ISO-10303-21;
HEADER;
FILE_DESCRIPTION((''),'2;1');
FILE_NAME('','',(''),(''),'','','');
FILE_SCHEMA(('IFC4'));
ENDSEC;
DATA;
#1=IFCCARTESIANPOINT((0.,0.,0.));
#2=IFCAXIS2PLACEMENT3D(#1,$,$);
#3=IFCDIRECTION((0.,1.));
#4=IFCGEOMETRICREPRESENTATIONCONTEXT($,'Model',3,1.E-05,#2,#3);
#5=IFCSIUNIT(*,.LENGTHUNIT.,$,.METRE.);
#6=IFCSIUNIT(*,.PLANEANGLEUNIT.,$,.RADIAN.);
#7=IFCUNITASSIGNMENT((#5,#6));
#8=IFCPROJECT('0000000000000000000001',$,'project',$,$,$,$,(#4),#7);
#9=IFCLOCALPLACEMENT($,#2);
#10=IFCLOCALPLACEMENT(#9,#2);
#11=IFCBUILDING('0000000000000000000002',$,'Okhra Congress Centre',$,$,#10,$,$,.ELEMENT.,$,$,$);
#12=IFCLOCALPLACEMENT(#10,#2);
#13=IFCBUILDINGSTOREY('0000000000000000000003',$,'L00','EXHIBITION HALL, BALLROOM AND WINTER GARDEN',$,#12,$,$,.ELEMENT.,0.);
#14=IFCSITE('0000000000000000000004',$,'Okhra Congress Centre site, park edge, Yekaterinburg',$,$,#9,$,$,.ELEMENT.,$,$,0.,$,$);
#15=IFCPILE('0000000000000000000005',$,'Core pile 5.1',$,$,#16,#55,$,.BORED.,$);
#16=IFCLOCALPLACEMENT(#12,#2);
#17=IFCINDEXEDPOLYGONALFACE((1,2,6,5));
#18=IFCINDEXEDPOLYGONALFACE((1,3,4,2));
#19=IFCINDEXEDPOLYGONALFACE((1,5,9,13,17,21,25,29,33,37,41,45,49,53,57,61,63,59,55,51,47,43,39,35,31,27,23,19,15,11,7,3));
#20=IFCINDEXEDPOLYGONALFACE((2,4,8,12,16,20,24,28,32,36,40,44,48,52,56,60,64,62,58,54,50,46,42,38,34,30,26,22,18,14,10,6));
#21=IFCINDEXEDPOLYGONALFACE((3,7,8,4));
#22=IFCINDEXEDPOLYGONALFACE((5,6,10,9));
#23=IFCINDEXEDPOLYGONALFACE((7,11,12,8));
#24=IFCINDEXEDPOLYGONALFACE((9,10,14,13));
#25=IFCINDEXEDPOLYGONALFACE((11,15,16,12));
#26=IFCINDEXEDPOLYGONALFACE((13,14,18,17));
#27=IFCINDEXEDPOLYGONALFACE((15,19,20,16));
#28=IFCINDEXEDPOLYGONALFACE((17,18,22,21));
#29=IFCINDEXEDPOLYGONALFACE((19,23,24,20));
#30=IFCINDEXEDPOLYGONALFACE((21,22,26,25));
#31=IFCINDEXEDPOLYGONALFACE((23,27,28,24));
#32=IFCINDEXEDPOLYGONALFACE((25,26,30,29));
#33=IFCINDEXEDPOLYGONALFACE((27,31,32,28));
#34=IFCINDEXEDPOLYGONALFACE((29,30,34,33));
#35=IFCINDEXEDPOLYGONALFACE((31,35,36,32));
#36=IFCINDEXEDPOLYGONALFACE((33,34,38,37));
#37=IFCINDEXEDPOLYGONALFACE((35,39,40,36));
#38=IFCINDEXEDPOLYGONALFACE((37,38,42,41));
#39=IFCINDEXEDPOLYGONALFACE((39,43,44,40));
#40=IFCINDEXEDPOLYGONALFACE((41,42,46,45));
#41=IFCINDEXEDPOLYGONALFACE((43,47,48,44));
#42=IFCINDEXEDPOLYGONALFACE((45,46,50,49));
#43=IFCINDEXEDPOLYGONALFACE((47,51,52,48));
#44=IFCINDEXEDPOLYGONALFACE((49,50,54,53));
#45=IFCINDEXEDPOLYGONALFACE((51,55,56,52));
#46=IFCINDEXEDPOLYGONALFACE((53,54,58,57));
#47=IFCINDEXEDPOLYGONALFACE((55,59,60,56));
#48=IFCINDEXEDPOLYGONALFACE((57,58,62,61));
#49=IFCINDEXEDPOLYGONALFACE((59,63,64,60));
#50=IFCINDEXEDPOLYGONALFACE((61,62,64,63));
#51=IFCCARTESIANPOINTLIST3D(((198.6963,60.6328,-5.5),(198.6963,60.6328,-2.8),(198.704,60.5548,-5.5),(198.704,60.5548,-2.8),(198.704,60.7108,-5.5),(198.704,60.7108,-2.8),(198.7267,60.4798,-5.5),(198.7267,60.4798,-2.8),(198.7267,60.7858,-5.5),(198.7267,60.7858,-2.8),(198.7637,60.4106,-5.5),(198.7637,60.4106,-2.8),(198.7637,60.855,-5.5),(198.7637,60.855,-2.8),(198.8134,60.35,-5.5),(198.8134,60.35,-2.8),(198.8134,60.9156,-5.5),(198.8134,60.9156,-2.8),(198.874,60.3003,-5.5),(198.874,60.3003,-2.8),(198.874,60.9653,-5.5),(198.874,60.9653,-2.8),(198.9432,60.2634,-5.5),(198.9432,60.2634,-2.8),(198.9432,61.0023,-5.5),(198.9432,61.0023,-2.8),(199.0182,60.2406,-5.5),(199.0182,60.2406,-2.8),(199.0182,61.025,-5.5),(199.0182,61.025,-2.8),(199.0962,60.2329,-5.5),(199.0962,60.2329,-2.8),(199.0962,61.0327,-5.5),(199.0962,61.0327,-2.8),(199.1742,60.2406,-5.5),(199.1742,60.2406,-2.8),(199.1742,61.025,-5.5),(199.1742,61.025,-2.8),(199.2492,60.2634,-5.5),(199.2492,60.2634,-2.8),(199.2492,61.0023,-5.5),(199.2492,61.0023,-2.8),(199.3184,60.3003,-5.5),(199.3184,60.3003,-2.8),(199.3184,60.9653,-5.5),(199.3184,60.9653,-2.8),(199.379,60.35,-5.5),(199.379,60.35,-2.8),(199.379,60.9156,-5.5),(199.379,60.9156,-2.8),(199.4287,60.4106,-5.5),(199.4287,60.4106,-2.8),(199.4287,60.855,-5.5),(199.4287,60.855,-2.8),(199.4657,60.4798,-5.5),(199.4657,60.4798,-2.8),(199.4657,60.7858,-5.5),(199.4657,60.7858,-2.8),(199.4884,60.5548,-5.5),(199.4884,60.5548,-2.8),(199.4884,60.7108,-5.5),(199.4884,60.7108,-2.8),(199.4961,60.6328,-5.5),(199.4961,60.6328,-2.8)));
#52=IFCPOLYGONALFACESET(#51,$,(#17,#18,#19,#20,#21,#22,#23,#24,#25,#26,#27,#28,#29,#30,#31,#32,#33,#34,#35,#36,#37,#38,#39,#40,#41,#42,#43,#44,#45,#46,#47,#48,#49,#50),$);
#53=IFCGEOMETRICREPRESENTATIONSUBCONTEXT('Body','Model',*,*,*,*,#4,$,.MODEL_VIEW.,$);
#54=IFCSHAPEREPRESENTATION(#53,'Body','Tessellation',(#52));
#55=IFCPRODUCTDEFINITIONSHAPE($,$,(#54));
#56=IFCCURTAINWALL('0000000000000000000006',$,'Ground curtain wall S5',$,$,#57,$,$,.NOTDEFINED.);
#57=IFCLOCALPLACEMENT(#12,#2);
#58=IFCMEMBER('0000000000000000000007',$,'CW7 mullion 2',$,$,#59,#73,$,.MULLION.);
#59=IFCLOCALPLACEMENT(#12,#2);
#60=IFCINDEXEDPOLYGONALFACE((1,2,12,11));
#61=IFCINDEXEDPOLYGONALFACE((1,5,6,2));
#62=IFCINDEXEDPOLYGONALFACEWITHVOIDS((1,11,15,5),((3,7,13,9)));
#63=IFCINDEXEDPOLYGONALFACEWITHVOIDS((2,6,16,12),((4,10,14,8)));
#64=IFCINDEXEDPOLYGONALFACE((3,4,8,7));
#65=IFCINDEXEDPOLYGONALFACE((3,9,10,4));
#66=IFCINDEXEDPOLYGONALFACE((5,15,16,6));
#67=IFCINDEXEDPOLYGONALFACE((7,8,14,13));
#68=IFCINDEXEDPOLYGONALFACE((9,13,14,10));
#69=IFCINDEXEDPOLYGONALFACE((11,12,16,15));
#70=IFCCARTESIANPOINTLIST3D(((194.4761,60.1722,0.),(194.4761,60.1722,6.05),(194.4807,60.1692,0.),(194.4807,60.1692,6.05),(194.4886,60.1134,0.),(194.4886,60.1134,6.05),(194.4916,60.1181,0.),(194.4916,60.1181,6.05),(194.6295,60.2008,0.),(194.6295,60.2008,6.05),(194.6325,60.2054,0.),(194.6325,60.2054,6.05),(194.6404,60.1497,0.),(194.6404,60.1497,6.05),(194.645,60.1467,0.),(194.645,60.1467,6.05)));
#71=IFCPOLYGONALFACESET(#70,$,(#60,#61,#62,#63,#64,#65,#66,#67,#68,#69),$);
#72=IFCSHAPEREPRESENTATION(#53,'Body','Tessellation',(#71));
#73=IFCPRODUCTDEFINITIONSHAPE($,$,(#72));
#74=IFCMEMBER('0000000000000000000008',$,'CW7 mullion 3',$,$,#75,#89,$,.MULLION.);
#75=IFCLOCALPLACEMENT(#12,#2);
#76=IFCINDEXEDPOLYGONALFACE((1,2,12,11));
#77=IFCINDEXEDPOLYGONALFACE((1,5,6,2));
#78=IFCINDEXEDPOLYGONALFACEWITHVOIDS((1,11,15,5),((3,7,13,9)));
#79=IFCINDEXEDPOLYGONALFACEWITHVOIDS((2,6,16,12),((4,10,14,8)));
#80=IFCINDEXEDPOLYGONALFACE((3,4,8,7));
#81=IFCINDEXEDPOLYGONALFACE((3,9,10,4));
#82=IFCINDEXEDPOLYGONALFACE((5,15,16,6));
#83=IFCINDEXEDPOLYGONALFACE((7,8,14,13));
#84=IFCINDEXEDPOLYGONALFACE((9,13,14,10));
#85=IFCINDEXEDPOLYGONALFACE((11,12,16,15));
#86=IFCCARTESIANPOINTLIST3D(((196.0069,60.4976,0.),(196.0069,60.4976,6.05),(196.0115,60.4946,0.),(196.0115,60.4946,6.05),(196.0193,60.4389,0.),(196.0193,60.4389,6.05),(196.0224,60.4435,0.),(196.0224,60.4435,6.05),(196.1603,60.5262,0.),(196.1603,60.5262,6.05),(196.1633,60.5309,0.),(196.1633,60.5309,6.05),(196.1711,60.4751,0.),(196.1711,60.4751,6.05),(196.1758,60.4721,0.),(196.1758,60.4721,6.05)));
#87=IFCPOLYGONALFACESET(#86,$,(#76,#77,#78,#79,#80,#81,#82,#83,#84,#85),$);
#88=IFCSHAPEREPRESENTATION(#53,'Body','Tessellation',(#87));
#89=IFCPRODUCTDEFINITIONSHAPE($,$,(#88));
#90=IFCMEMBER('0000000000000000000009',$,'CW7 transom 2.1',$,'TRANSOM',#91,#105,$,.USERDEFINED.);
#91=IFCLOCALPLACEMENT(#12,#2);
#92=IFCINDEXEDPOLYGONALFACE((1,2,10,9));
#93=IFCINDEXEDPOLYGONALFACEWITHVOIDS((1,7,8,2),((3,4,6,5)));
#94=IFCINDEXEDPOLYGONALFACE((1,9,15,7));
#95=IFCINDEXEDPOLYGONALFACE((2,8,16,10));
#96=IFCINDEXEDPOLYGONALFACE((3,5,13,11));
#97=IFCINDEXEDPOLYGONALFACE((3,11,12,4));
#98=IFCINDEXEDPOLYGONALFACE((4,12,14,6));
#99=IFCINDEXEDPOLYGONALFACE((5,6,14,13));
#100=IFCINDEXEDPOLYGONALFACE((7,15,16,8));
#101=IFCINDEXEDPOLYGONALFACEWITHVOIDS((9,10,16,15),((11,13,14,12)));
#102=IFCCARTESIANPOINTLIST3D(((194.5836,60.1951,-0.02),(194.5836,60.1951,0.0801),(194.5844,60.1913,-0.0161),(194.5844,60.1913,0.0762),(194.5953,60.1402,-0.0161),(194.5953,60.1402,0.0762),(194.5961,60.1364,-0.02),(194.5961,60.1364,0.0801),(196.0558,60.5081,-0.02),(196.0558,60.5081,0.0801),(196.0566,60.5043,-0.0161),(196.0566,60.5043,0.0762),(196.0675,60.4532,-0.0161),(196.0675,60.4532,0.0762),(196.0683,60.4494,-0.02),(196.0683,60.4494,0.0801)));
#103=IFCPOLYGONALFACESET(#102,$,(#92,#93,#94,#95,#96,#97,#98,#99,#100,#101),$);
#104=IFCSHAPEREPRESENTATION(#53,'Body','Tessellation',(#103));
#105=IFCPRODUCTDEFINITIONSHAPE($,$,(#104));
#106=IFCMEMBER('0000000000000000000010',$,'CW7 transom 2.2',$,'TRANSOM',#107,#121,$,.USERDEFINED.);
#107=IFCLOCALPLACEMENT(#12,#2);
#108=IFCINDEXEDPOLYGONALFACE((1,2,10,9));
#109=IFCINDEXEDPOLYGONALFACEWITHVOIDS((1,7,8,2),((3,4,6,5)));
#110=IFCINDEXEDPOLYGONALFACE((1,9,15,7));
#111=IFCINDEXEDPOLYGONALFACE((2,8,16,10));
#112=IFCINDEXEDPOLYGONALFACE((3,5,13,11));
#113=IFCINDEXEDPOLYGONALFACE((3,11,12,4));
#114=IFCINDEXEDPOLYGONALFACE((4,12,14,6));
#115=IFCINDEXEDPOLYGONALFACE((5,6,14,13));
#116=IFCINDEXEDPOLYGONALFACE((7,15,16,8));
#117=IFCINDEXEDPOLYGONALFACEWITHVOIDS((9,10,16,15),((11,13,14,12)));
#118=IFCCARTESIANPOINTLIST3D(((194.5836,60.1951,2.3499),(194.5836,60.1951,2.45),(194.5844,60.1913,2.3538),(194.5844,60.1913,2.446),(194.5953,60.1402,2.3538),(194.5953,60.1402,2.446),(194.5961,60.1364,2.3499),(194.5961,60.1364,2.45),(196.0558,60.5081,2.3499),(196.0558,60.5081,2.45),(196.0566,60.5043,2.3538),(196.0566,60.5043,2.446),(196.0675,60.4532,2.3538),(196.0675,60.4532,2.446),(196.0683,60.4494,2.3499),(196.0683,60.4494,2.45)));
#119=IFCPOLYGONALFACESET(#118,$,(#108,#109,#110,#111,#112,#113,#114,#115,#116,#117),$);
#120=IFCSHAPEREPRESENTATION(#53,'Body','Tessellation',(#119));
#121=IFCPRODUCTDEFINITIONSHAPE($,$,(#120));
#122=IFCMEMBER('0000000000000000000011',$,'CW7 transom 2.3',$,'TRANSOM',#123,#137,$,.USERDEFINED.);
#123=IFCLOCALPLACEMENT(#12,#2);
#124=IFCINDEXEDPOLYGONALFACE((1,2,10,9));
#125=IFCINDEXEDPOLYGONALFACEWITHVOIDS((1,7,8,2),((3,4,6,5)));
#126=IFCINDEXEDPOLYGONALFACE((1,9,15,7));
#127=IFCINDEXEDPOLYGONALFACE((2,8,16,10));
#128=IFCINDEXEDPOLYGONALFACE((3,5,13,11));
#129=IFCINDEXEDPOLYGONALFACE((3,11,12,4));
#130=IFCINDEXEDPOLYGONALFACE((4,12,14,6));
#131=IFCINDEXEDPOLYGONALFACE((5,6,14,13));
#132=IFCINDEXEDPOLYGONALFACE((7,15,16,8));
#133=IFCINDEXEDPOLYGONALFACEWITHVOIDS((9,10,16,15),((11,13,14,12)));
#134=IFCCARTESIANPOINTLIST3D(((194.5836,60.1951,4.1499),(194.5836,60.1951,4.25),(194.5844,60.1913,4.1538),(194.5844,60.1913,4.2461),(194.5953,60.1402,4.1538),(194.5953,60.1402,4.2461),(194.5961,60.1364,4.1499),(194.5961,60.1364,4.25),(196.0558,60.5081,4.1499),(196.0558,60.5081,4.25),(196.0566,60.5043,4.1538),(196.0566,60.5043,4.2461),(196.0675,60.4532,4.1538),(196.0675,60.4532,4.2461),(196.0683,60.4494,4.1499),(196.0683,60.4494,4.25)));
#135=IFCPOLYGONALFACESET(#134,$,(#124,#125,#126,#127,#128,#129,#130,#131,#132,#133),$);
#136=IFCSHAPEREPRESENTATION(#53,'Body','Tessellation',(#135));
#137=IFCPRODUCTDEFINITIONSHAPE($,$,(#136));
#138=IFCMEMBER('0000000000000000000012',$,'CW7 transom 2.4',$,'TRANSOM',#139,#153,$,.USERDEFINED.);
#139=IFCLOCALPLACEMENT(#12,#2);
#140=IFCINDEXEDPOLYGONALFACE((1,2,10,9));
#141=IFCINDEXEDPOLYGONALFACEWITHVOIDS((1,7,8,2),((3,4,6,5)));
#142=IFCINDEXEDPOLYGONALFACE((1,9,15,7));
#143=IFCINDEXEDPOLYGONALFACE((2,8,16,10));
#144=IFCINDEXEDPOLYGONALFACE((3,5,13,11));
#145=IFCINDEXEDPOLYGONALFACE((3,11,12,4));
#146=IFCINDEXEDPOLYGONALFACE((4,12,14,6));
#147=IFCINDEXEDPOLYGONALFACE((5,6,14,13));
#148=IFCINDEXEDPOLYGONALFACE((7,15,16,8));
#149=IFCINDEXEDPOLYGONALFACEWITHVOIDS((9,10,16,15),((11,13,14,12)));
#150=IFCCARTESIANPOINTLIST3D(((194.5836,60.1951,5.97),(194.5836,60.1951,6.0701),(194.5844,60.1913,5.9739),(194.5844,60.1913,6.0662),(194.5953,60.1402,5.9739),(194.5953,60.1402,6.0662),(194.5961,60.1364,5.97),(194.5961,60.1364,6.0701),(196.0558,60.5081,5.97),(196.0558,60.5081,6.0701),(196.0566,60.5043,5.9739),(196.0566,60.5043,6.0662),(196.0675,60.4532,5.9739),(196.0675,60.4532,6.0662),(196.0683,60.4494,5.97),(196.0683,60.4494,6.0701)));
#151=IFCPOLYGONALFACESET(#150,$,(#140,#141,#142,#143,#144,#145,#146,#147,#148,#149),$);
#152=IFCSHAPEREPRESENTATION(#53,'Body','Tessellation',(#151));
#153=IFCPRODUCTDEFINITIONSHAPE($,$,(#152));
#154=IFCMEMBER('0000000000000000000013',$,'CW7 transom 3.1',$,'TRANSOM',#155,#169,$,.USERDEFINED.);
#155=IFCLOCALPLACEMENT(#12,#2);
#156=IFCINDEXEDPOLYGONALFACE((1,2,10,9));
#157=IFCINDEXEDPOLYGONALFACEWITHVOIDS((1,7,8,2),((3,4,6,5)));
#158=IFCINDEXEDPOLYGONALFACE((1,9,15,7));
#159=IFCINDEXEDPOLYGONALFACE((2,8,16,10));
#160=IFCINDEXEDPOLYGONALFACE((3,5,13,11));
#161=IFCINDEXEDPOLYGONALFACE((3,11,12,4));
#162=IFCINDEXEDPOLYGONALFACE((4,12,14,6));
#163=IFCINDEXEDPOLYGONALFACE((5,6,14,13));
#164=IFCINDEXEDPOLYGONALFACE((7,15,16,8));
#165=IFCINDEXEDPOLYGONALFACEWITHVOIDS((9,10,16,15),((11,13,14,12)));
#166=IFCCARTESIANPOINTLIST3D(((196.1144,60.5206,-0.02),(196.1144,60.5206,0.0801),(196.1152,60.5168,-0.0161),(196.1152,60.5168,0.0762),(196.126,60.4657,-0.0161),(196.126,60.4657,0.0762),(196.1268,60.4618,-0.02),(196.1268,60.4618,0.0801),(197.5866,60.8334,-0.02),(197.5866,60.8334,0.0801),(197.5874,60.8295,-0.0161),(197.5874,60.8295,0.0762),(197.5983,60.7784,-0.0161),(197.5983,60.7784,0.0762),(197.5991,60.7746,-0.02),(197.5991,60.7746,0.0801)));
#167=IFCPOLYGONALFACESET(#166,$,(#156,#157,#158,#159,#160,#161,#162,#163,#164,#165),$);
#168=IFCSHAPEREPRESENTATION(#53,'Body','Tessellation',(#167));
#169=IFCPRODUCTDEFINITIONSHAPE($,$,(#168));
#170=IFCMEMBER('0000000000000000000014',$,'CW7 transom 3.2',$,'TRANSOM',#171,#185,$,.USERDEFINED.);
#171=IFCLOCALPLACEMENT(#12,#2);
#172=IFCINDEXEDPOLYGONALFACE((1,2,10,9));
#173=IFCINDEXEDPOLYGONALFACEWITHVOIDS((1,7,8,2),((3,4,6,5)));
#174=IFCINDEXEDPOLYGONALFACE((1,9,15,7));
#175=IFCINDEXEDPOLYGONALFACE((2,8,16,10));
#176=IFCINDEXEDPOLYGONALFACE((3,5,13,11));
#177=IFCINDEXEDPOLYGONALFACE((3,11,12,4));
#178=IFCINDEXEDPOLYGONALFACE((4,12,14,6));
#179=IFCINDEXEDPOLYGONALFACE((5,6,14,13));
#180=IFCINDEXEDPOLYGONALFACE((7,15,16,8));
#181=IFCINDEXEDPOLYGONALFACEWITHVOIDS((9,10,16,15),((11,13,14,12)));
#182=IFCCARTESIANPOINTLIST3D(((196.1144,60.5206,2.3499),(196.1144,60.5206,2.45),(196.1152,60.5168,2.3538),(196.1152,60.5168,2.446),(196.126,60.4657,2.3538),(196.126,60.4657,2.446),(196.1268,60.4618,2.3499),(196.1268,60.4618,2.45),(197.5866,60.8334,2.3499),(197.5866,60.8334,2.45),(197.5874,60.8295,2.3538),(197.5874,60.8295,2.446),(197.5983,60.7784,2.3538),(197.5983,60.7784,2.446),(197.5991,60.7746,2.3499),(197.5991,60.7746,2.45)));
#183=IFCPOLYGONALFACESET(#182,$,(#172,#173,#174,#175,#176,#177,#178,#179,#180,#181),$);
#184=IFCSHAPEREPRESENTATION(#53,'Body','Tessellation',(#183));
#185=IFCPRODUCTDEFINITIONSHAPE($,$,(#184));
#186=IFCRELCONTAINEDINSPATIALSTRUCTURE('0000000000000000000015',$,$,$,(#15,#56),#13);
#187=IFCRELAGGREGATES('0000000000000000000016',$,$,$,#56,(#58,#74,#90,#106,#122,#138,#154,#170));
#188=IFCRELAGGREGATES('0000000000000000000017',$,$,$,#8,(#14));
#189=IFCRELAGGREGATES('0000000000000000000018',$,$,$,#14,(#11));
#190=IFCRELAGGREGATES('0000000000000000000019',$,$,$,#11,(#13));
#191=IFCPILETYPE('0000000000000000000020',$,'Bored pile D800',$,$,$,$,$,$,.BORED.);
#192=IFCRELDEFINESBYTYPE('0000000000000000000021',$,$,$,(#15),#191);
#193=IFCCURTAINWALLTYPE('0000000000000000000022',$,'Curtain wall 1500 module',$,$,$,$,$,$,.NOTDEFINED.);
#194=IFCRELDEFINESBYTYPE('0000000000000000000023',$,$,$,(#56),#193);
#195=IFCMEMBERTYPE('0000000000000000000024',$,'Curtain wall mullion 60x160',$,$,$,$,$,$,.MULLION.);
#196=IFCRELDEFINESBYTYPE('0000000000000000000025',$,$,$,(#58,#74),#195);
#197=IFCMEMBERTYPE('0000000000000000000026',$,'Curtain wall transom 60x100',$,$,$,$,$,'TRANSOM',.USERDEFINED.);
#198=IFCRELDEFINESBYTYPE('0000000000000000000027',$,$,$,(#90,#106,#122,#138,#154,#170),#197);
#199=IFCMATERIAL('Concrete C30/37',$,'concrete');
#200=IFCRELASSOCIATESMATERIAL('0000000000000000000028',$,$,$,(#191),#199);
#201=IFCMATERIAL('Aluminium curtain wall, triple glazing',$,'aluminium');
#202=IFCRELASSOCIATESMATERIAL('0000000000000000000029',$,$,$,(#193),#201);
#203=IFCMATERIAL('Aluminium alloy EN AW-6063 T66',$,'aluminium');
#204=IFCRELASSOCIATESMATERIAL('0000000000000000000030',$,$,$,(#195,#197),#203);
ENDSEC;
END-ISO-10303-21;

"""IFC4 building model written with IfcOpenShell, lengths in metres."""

from ifc_helpers import new_model, si_unit, direction, frame, origin, origin_2d, place, context, subcontext, project, spatial, hollow_rectangle, circle, extrude, material, material_profile, profile_set, type_object, element, aggregate, save


model = new_model("IFC4")

# Units and contexts
model_context = context("Model", 3, precision=1e-05, world=origin(), true_north=direction((0.0, 1.0)))
body_context = subcontext(model_context, "Body", "Model", "MODEL_VIEW")
ifc_project = project(units=[si_unit("LENGTHUNIT", "METRE"), si_unit("PLANEANGLEUNIT", "RADIAN")], contexts=[model_context])

# Site, building, storey
site_placement = place(None, origin())
site = spatial("IfcSite", under=ifc_project, at=site_placement, Name="Okhra Congress Centre site, park edge, Yekaterinburg", CompositionType="ELEMENT", RefElevation=0.0)
building_placement = place(site_placement, origin())
building = spatial("IfcBuilding", under=site, at=building_placement, Name="Okhra Congress Centre", CompositionType="ELEMENT")
storey_placement = place(building_placement, origin())
storey = spatial("IfcBuildingStorey", under=building, at=storey_placement, Name="L00", Description="EXHIBITION HALL, BALLROOM AND WINTER GARDEN", CompositionType="ELEMENT", Elevation=0.0)

# Pile
ifc_material_1 = material(Name="Concrete C30/37", Category="concrete")
ifc_material_profile_1 = material_profile(ifc_material_1, circle(Radius=0.3999, at=origin_2d()), Name="D800")
ifc_profile_set_1 = profile_set([ifc_material_profile_1], Name="Concrete C30/37")
pile_type = type_object("IfcPileType", Name="Bored pile D800", PredefinedType="BORED", material=ifc_profile_set_1)
pile_placement = place(storey_placement, frame((199.0962, 60.6328, -2.8), z_axis=(0.0, 0.0, -1.0), x_axis=(1.0, 0.0, 0.0)))
element("IfcPile", 1, at=pile_placement, inside=storey, type_object=pile_type, Name="Core pile 5.1", PredefinedType="BORED", context=body_context, shape_type="SweptSolid", body=[
    extrude(circle(Radius=0.3999, at=origin_2d()), origin(), (0.0, 0.0, 1.0), 2.7),
])

# Curtain wall, members
ifc_material_2 = material(Name="Aluminium curtain wall, triple glazing", Category="aluminium")
curtain_wall_type = type_object("IfcCurtainWallType", Name="Curtain wall 1500 module", PredefinedType="NOTDEFINED", material=ifc_material_2)
curtain_wall_placement = place(storey_placement, origin())
curtain_wall = element("IfcCurtainWall", 2, at=curtain_wall_placement, inside=storey, type_object=curtain_wall_type, Name="Ground curtain wall S5", PredefinedType="NOTDEFINED")
ifc_material_3 = material(Name="Aluminium alloy EN AW-6063 T66", Category="aluminium")
ifc_material_profile_2 = material_profile(ifc_material_3, hollow_rectangle(XDim=0.0601, YDim=0.1599, WallThickness=0.0039, at=origin_2d()), Name="RHS 60x160x4")
ifc_profile_set_2 = profile_set([ifc_material_profile_2], Name="Aluminium alloy EN AW-6063 T66")
member_type_1 = type_object("IfcMemberType", Name="Curtain wall mullion 60x160", PredefinedType="MULLION", material=ifc_profile_set_2)
member_1_placement = place(storey_placement, frame((194.5605, 60.1594, 0.0), z_axis=(0.0, 0.0, 1.0), x_axis=(-0.207912, 0.978148, 0.0)))
member_1 = element("IfcMember", 3, at=member_1_placement, type_object=member_type_1, Name="CW7 mullion 2", PredefinedType="MULLION", context=body_context, shape_type="SweptSolid", body=[
    extrude(hollow_rectangle(XDim=0.0601, YDim=0.1599, WallThickness=0.0039, at=origin_2d()), origin(), (0.0, 0.0, 1.0), 6.05),
])
member_2_placement = place(storey_placement, frame((196.0913, 60.4849, 0.0), z_axis=(0.0, 0.0, 1.0), x_axis=(-0.207912, 0.978148, 0.0)))
member_2 = element("IfcMember", 4, at=member_2_placement, type_object=member_type_1, Name="CW7 mullion 3", PredefinedType="MULLION", context=body_context, shape_type="SweptSolid", body=[
    extrude(hollow_rectangle(XDim=0.0601, YDim=0.1599, WallThickness=0.0039, at=origin_2d()), origin(), (0.0, 0.0, 1.0), 6.05),
])
ifc_material_profile_3 = material_profile(ifc_material_3, hollow_rectangle(XDim=0.0601, YDim=0.1001, WallThickness=0.0039, at=origin_2d()), Name="RHS 60x100x4")
ifc_profile_set_3 = profile_set([ifc_material_profile_3], Name="Aluminium alloy EN AW-6063 T66")
member_type_2 = type_object("IfcMemberType", Name="Curtain wall transom 60x100", ElementType="TRANSOM", PredefinedType="USERDEFINED", material=ifc_profile_set_3)
member_3_placement = place(storey_placement, frame((194.5898, 60.1658, 0.03), z_axis=(0.978138, 0.207956, 0.0), x_axis=(-0.207956, 0.978138, 0.0)))
member_3 = element("IfcMember", 5, at=member_3_placement, type_object=member_type_2, Name="CW7 transom 2.1", ObjectType="TRANSOM", PredefinedType="USERDEFINED", context=body_context, shape_type="SweptSolid", body=[
    extrude(hollow_rectangle(XDim=0.0601, YDim=0.1001, WallThickness=0.0039, at=origin_2d()), origin(), (0.0, 0.0, 1.0), 1.5051),
])
member_4_placement = place(storey_placement, frame((194.5898, 60.1658, 2.3999), z_axis=(0.978138, 0.207956, 0.0), x_axis=(-0.207956, 0.978138, 0.0)))
member_4 = element("IfcMember", 6, at=member_4_placement, type_object=member_type_2, Name="CW7 transom 2.2", ObjectType="TRANSOM", PredefinedType="USERDEFINED", context=body_context, shape_type="SweptSolid", body=[
    extrude(hollow_rectangle(XDim=0.0601, YDim=0.1001, WallThickness=0.0039, at=origin_2d()), origin(), (0.0, 0.0, 1.0), 1.5051),
])
member_5_placement = place(storey_placement, frame((194.5898, 60.1658, 4.2), z_axis=(0.978138, 0.207956, 0.0), x_axis=(-0.207956, 0.978138, 0.0)))
member_5 = element("IfcMember", 7, at=member_5_placement, type_object=member_type_2, Name="CW7 transom 2.3", ObjectType="TRANSOM", PredefinedType="USERDEFINED", context=body_context, shape_type="SweptSolid", body=[
    extrude(hollow_rectangle(XDim=0.0601, YDim=0.1001, WallThickness=0.0039, at=origin_2d()), origin(), (0.0, 0.0, 1.0), 1.5051),
])
member_6_placement = place(storey_placement, frame((194.5898, 60.1658, 6.02), z_axis=(0.978138, 0.207956, 0.0), x_axis=(-0.207956, 0.978138, 0.0)))
member_6 = element("IfcMember", 8, at=member_6_placement, type_object=member_type_2, Name="CW7 transom 2.4", ObjectType="TRANSOM", PredefinedType="USERDEFINED", context=body_context, shape_type="SweptSolid", body=[
    extrude(hollow_rectangle(XDim=0.0601, YDim=0.1001, WallThickness=0.0039, at=origin_2d()), origin(), (0.0, 0.0, 1.0), 1.5051),
])
member_7_placement = place(storey_placement, frame((196.1206, 60.4912, 0.03), z_axis=(0.978171, 0.207801, 0.0), x_axis=(-0.207801, 0.978171, 0.0)))
member_7 = element("IfcMember", 9, at=member_7_placement, type_object=member_type_2, Name="CW7 transom 3.1", ObjectType="TRANSOM", PredefinedType="USERDEFINED", context=body_context, shape_type="SweptSolid", body=[
    extrude(hollow_rectangle(XDim=0.0601, YDim=0.1001, WallThickness=0.0039, at=origin_2d()), origin(), (0.0, 0.0, 1.0), 1.5051),
])
member_8_placement = place(storey_placement, frame((196.1206, 60.4912, 2.3999), z_axis=(0.978171, 0.207801, 0.0), x_axis=(-0.207801, 0.978171, 0.0)))
member_8 = element("IfcMember", 10, at=member_8_placement, type_object=member_type_2, Name="CW7 transom 3.2", ObjectType="TRANSOM", PredefinedType="USERDEFINED", context=body_context, shape_type="SweptSolid", body=[
    extrude(hollow_rectangle(XDim=0.0601, YDim=0.1001, WallThickness=0.0039, at=origin_2d()), origin(), (0.0, 0.0, 1.0), 1.5051),
])

aggregate(curtain_wall, [member_1, member_2, member_3, member_4, member_5, member_6, member_7, member_8])

save(model, "model.ifc")
